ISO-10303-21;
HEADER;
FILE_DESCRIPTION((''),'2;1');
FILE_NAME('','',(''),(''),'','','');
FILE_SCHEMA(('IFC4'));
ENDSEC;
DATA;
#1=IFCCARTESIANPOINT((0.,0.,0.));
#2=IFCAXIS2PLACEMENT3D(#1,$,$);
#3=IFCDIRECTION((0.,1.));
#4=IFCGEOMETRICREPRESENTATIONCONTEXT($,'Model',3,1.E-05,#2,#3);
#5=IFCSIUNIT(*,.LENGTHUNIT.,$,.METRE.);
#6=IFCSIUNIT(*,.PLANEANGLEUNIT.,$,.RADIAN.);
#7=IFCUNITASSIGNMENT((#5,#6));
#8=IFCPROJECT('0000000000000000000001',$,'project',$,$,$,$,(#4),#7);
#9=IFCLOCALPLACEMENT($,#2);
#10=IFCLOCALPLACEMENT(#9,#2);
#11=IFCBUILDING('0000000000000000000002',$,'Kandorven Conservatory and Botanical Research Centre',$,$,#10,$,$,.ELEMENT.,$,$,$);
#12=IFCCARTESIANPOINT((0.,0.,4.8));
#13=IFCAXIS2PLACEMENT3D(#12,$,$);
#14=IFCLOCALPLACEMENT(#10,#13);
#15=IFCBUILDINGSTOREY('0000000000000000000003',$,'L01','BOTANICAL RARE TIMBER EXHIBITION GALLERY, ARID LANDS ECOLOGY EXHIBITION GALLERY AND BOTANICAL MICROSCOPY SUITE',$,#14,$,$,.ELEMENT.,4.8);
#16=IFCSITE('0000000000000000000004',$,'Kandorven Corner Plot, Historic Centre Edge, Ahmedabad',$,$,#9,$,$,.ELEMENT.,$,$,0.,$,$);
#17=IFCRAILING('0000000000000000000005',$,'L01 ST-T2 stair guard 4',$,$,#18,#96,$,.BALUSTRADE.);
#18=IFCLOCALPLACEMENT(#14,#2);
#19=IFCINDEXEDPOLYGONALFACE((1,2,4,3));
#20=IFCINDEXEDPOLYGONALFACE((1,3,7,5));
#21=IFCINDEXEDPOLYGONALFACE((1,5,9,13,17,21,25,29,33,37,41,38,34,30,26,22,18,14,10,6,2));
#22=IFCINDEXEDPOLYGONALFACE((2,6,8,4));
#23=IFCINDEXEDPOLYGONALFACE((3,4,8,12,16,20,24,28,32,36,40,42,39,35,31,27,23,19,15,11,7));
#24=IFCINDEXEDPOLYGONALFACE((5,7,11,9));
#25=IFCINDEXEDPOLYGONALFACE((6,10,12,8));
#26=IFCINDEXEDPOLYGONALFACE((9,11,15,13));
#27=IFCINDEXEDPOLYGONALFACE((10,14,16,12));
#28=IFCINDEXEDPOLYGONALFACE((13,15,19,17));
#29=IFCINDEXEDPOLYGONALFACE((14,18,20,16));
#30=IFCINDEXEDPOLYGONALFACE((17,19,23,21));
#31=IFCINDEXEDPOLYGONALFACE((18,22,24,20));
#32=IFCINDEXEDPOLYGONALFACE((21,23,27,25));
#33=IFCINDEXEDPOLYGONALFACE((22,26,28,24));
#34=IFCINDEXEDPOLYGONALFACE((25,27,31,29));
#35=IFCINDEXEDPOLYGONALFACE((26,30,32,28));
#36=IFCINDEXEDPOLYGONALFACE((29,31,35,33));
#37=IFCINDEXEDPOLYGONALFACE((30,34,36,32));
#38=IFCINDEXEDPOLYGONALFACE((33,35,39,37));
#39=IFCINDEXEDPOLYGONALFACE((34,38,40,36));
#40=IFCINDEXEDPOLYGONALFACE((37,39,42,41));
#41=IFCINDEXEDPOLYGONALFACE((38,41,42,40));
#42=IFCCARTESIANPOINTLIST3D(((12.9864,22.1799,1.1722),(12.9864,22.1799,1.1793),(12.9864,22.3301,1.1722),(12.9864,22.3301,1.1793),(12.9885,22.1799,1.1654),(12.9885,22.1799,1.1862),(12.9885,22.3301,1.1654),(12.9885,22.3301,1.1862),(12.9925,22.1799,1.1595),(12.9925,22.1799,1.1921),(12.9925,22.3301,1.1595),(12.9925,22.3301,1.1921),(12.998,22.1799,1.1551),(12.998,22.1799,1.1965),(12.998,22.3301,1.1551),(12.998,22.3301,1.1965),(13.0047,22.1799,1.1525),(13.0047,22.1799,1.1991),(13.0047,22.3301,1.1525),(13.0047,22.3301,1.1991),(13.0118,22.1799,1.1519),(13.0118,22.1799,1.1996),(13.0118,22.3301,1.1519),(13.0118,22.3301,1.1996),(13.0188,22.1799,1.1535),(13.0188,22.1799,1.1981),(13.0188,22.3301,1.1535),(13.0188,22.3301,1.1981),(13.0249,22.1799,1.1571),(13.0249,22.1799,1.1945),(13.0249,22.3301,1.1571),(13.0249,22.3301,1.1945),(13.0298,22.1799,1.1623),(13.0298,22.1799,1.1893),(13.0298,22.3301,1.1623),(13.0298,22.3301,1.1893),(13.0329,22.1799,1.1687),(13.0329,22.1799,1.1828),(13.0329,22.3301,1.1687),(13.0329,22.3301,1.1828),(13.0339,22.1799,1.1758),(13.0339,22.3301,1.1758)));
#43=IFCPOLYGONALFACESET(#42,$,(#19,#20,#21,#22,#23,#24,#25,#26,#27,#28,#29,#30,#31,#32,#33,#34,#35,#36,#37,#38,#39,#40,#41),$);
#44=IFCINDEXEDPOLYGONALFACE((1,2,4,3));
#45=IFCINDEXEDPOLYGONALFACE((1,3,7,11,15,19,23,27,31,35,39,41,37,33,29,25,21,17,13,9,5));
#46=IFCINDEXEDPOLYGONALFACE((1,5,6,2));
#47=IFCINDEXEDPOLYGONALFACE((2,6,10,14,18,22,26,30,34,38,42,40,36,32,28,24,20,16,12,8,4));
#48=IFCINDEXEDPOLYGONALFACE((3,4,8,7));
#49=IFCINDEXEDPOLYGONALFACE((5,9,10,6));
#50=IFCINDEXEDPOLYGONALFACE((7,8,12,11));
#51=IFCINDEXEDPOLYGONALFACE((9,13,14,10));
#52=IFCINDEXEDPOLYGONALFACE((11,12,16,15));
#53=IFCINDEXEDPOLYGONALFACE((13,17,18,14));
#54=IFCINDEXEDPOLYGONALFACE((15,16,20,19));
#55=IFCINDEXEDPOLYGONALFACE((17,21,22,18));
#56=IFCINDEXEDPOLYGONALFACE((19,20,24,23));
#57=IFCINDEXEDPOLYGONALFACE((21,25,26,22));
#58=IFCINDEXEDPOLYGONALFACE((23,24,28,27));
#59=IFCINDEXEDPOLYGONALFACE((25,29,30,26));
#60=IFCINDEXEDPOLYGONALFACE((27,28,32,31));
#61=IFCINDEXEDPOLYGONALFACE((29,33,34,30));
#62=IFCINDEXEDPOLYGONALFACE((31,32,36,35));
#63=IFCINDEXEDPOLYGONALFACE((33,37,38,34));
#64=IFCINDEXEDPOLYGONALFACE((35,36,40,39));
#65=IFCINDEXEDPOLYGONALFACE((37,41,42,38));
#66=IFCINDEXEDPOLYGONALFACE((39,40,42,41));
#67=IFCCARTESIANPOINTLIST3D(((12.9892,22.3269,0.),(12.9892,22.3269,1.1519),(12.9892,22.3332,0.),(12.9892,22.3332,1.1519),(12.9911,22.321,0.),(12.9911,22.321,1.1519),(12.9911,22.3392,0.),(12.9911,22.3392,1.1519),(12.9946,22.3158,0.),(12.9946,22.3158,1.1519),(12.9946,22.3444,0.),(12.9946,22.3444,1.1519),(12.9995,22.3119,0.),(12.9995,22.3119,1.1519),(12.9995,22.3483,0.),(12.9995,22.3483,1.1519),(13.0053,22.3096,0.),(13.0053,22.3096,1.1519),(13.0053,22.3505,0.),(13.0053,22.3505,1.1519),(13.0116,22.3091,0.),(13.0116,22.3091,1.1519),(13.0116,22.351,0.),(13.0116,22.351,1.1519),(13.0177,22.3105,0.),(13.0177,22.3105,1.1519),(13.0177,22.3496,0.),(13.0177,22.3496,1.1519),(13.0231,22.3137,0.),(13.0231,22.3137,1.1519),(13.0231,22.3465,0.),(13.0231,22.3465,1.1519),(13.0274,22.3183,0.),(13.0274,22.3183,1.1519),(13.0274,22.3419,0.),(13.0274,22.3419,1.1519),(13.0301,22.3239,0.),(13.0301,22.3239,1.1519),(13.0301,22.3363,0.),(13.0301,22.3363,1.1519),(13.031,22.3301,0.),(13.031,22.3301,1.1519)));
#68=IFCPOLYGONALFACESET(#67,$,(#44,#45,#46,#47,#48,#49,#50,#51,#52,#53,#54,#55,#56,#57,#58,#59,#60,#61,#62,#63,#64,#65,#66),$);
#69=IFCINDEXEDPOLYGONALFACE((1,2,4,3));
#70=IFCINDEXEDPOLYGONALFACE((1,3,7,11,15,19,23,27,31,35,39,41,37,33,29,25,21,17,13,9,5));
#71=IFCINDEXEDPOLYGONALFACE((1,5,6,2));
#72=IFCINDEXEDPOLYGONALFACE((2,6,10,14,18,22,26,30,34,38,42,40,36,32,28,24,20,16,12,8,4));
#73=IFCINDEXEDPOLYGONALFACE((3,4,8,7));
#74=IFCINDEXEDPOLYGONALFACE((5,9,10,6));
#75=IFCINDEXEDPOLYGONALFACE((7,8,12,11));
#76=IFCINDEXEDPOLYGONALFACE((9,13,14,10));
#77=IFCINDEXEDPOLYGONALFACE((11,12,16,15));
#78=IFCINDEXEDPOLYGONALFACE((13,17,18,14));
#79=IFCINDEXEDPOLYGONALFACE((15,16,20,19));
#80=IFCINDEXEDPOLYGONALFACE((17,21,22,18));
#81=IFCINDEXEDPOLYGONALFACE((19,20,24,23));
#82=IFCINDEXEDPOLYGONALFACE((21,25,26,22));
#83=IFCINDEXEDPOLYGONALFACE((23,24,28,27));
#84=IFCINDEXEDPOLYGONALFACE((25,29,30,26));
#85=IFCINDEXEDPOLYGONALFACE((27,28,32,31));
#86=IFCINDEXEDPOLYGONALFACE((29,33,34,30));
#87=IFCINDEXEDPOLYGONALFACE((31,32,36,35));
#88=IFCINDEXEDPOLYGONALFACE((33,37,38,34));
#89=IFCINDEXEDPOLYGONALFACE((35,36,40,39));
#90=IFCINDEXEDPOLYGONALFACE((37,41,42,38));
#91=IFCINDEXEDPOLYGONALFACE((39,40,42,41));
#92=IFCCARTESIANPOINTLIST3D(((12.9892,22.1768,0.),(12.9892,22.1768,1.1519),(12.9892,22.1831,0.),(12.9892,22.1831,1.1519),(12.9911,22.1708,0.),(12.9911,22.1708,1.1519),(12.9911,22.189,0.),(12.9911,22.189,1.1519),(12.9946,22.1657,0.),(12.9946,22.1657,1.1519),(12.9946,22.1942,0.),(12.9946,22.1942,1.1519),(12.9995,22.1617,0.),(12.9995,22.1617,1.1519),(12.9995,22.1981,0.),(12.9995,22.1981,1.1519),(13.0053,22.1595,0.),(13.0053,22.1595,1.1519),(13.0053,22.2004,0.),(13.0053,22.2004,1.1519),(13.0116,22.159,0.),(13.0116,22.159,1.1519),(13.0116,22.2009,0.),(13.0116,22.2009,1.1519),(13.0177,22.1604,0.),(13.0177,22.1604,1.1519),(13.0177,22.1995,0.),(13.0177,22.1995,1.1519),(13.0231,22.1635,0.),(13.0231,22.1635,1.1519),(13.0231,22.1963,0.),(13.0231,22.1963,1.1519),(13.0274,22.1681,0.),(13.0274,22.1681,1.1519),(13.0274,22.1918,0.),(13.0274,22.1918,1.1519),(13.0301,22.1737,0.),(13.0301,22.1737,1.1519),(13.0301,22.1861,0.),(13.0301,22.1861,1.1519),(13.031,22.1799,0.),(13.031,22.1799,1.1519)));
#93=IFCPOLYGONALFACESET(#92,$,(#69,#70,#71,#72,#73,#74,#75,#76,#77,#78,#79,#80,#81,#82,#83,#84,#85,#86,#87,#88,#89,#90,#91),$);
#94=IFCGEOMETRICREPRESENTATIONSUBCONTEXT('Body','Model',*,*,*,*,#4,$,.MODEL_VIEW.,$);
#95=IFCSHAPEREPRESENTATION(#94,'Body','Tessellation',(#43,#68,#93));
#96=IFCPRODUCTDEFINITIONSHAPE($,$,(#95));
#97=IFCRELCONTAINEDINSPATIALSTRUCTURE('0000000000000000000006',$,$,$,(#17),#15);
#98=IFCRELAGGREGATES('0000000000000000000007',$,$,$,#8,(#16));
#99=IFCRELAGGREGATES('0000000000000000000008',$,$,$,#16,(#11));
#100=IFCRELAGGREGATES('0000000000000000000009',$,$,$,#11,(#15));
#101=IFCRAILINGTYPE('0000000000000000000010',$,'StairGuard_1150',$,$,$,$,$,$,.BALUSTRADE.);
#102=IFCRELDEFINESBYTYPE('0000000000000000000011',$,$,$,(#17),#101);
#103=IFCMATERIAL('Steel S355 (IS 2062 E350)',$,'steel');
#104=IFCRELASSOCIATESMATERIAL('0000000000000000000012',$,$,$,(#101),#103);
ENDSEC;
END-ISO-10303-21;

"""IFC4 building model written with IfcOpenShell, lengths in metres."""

from ifc_helpers import new_model, si_unit, direction, frame, origin, origin_2d, place, context, subcontext, project, spatial, circle, extrude, material, type_object, element, save


model = new_model("IFC4")

# Units and contexts
model_context = context("Model", 3, precision=1e-05, world=origin(), true_north=direction((0.0, 1.0)))
body_context = subcontext(model_context, "Body", "Model", "MODEL_VIEW")
ifc_project = project(units=[si_unit("LENGTHUNIT", "METRE"), si_unit("PLANEANGLEUNIT", "RADIAN")], contexts=[model_context])

# Site, building, storey
site_placement = place(None, origin())
site = spatial("IfcSite", under=ifc_project, at=site_placement, Name="Kandorven Corner Plot, Historic Centre Edge, Ahmedabad", CompositionType="ELEMENT", RefElevation=0.0)
building_placement = place(site_placement, origin())
building = spatial("IfcBuilding", under=site, at=building_placement, Name="Kandorven Conservatory and Botanical Research Centre", CompositionType="ELEMENT")
storey_placement = place(building_placement, frame((0.0, 0.0, 4.8)))
storey = spatial("IfcBuildingStorey", under=building, at=storey_placement, Name="L01", Description="BOTANICAL RARE TIMBER EXHIBITION GALLERY, ARID LANDS ECOLOGY EXHIBITION GALLERY AND BOTANICAL MICROSCOPY SUITE", CompositionType="ELEMENT", Elevation=4.8)

# Railing
ifc_material_1 = material(Name="Steel S355 (IS 2062 E350)", Category="steel")
railing_type_1 = type_object("IfcRailingType", Name="StairGuard_1150", PredefinedType="BALUSTRADE", material=ifc_material_1)
railing_1_placement = place(storey_placement, frame((13.01, 22.3301, 0.0)))
element("IfcRailing", 1, at=railing_1_placement, inside=storey, type_object=railing_type_1, Name="L01 ST-T2 stair guard 4", PredefinedType="BALUSTRADE", context=body_context, shape_type="SweptSolid", body=[
    extrude(circle(Radius=0.0239, at=origin_2d()), frame((0.0, 0.0, 1.1758), z_axis=(0.0, -1.0, 0.0), x_axis=(1.0, 0.0, 0.0)), (0.0, 0.0, 1.0), 0.1501),
    extrude(circle(Radius=0.021, at=origin_2d()), origin(), (0.0, 0.0, 1.0), 1.1519),
    extrude(circle(Radius=0.021, at=origin_2d()), frame((0.0, -0.1501, 0.0)), (0.0, 0.0, 1.0), 1.1519),
])

save(model, "model.ifc")
